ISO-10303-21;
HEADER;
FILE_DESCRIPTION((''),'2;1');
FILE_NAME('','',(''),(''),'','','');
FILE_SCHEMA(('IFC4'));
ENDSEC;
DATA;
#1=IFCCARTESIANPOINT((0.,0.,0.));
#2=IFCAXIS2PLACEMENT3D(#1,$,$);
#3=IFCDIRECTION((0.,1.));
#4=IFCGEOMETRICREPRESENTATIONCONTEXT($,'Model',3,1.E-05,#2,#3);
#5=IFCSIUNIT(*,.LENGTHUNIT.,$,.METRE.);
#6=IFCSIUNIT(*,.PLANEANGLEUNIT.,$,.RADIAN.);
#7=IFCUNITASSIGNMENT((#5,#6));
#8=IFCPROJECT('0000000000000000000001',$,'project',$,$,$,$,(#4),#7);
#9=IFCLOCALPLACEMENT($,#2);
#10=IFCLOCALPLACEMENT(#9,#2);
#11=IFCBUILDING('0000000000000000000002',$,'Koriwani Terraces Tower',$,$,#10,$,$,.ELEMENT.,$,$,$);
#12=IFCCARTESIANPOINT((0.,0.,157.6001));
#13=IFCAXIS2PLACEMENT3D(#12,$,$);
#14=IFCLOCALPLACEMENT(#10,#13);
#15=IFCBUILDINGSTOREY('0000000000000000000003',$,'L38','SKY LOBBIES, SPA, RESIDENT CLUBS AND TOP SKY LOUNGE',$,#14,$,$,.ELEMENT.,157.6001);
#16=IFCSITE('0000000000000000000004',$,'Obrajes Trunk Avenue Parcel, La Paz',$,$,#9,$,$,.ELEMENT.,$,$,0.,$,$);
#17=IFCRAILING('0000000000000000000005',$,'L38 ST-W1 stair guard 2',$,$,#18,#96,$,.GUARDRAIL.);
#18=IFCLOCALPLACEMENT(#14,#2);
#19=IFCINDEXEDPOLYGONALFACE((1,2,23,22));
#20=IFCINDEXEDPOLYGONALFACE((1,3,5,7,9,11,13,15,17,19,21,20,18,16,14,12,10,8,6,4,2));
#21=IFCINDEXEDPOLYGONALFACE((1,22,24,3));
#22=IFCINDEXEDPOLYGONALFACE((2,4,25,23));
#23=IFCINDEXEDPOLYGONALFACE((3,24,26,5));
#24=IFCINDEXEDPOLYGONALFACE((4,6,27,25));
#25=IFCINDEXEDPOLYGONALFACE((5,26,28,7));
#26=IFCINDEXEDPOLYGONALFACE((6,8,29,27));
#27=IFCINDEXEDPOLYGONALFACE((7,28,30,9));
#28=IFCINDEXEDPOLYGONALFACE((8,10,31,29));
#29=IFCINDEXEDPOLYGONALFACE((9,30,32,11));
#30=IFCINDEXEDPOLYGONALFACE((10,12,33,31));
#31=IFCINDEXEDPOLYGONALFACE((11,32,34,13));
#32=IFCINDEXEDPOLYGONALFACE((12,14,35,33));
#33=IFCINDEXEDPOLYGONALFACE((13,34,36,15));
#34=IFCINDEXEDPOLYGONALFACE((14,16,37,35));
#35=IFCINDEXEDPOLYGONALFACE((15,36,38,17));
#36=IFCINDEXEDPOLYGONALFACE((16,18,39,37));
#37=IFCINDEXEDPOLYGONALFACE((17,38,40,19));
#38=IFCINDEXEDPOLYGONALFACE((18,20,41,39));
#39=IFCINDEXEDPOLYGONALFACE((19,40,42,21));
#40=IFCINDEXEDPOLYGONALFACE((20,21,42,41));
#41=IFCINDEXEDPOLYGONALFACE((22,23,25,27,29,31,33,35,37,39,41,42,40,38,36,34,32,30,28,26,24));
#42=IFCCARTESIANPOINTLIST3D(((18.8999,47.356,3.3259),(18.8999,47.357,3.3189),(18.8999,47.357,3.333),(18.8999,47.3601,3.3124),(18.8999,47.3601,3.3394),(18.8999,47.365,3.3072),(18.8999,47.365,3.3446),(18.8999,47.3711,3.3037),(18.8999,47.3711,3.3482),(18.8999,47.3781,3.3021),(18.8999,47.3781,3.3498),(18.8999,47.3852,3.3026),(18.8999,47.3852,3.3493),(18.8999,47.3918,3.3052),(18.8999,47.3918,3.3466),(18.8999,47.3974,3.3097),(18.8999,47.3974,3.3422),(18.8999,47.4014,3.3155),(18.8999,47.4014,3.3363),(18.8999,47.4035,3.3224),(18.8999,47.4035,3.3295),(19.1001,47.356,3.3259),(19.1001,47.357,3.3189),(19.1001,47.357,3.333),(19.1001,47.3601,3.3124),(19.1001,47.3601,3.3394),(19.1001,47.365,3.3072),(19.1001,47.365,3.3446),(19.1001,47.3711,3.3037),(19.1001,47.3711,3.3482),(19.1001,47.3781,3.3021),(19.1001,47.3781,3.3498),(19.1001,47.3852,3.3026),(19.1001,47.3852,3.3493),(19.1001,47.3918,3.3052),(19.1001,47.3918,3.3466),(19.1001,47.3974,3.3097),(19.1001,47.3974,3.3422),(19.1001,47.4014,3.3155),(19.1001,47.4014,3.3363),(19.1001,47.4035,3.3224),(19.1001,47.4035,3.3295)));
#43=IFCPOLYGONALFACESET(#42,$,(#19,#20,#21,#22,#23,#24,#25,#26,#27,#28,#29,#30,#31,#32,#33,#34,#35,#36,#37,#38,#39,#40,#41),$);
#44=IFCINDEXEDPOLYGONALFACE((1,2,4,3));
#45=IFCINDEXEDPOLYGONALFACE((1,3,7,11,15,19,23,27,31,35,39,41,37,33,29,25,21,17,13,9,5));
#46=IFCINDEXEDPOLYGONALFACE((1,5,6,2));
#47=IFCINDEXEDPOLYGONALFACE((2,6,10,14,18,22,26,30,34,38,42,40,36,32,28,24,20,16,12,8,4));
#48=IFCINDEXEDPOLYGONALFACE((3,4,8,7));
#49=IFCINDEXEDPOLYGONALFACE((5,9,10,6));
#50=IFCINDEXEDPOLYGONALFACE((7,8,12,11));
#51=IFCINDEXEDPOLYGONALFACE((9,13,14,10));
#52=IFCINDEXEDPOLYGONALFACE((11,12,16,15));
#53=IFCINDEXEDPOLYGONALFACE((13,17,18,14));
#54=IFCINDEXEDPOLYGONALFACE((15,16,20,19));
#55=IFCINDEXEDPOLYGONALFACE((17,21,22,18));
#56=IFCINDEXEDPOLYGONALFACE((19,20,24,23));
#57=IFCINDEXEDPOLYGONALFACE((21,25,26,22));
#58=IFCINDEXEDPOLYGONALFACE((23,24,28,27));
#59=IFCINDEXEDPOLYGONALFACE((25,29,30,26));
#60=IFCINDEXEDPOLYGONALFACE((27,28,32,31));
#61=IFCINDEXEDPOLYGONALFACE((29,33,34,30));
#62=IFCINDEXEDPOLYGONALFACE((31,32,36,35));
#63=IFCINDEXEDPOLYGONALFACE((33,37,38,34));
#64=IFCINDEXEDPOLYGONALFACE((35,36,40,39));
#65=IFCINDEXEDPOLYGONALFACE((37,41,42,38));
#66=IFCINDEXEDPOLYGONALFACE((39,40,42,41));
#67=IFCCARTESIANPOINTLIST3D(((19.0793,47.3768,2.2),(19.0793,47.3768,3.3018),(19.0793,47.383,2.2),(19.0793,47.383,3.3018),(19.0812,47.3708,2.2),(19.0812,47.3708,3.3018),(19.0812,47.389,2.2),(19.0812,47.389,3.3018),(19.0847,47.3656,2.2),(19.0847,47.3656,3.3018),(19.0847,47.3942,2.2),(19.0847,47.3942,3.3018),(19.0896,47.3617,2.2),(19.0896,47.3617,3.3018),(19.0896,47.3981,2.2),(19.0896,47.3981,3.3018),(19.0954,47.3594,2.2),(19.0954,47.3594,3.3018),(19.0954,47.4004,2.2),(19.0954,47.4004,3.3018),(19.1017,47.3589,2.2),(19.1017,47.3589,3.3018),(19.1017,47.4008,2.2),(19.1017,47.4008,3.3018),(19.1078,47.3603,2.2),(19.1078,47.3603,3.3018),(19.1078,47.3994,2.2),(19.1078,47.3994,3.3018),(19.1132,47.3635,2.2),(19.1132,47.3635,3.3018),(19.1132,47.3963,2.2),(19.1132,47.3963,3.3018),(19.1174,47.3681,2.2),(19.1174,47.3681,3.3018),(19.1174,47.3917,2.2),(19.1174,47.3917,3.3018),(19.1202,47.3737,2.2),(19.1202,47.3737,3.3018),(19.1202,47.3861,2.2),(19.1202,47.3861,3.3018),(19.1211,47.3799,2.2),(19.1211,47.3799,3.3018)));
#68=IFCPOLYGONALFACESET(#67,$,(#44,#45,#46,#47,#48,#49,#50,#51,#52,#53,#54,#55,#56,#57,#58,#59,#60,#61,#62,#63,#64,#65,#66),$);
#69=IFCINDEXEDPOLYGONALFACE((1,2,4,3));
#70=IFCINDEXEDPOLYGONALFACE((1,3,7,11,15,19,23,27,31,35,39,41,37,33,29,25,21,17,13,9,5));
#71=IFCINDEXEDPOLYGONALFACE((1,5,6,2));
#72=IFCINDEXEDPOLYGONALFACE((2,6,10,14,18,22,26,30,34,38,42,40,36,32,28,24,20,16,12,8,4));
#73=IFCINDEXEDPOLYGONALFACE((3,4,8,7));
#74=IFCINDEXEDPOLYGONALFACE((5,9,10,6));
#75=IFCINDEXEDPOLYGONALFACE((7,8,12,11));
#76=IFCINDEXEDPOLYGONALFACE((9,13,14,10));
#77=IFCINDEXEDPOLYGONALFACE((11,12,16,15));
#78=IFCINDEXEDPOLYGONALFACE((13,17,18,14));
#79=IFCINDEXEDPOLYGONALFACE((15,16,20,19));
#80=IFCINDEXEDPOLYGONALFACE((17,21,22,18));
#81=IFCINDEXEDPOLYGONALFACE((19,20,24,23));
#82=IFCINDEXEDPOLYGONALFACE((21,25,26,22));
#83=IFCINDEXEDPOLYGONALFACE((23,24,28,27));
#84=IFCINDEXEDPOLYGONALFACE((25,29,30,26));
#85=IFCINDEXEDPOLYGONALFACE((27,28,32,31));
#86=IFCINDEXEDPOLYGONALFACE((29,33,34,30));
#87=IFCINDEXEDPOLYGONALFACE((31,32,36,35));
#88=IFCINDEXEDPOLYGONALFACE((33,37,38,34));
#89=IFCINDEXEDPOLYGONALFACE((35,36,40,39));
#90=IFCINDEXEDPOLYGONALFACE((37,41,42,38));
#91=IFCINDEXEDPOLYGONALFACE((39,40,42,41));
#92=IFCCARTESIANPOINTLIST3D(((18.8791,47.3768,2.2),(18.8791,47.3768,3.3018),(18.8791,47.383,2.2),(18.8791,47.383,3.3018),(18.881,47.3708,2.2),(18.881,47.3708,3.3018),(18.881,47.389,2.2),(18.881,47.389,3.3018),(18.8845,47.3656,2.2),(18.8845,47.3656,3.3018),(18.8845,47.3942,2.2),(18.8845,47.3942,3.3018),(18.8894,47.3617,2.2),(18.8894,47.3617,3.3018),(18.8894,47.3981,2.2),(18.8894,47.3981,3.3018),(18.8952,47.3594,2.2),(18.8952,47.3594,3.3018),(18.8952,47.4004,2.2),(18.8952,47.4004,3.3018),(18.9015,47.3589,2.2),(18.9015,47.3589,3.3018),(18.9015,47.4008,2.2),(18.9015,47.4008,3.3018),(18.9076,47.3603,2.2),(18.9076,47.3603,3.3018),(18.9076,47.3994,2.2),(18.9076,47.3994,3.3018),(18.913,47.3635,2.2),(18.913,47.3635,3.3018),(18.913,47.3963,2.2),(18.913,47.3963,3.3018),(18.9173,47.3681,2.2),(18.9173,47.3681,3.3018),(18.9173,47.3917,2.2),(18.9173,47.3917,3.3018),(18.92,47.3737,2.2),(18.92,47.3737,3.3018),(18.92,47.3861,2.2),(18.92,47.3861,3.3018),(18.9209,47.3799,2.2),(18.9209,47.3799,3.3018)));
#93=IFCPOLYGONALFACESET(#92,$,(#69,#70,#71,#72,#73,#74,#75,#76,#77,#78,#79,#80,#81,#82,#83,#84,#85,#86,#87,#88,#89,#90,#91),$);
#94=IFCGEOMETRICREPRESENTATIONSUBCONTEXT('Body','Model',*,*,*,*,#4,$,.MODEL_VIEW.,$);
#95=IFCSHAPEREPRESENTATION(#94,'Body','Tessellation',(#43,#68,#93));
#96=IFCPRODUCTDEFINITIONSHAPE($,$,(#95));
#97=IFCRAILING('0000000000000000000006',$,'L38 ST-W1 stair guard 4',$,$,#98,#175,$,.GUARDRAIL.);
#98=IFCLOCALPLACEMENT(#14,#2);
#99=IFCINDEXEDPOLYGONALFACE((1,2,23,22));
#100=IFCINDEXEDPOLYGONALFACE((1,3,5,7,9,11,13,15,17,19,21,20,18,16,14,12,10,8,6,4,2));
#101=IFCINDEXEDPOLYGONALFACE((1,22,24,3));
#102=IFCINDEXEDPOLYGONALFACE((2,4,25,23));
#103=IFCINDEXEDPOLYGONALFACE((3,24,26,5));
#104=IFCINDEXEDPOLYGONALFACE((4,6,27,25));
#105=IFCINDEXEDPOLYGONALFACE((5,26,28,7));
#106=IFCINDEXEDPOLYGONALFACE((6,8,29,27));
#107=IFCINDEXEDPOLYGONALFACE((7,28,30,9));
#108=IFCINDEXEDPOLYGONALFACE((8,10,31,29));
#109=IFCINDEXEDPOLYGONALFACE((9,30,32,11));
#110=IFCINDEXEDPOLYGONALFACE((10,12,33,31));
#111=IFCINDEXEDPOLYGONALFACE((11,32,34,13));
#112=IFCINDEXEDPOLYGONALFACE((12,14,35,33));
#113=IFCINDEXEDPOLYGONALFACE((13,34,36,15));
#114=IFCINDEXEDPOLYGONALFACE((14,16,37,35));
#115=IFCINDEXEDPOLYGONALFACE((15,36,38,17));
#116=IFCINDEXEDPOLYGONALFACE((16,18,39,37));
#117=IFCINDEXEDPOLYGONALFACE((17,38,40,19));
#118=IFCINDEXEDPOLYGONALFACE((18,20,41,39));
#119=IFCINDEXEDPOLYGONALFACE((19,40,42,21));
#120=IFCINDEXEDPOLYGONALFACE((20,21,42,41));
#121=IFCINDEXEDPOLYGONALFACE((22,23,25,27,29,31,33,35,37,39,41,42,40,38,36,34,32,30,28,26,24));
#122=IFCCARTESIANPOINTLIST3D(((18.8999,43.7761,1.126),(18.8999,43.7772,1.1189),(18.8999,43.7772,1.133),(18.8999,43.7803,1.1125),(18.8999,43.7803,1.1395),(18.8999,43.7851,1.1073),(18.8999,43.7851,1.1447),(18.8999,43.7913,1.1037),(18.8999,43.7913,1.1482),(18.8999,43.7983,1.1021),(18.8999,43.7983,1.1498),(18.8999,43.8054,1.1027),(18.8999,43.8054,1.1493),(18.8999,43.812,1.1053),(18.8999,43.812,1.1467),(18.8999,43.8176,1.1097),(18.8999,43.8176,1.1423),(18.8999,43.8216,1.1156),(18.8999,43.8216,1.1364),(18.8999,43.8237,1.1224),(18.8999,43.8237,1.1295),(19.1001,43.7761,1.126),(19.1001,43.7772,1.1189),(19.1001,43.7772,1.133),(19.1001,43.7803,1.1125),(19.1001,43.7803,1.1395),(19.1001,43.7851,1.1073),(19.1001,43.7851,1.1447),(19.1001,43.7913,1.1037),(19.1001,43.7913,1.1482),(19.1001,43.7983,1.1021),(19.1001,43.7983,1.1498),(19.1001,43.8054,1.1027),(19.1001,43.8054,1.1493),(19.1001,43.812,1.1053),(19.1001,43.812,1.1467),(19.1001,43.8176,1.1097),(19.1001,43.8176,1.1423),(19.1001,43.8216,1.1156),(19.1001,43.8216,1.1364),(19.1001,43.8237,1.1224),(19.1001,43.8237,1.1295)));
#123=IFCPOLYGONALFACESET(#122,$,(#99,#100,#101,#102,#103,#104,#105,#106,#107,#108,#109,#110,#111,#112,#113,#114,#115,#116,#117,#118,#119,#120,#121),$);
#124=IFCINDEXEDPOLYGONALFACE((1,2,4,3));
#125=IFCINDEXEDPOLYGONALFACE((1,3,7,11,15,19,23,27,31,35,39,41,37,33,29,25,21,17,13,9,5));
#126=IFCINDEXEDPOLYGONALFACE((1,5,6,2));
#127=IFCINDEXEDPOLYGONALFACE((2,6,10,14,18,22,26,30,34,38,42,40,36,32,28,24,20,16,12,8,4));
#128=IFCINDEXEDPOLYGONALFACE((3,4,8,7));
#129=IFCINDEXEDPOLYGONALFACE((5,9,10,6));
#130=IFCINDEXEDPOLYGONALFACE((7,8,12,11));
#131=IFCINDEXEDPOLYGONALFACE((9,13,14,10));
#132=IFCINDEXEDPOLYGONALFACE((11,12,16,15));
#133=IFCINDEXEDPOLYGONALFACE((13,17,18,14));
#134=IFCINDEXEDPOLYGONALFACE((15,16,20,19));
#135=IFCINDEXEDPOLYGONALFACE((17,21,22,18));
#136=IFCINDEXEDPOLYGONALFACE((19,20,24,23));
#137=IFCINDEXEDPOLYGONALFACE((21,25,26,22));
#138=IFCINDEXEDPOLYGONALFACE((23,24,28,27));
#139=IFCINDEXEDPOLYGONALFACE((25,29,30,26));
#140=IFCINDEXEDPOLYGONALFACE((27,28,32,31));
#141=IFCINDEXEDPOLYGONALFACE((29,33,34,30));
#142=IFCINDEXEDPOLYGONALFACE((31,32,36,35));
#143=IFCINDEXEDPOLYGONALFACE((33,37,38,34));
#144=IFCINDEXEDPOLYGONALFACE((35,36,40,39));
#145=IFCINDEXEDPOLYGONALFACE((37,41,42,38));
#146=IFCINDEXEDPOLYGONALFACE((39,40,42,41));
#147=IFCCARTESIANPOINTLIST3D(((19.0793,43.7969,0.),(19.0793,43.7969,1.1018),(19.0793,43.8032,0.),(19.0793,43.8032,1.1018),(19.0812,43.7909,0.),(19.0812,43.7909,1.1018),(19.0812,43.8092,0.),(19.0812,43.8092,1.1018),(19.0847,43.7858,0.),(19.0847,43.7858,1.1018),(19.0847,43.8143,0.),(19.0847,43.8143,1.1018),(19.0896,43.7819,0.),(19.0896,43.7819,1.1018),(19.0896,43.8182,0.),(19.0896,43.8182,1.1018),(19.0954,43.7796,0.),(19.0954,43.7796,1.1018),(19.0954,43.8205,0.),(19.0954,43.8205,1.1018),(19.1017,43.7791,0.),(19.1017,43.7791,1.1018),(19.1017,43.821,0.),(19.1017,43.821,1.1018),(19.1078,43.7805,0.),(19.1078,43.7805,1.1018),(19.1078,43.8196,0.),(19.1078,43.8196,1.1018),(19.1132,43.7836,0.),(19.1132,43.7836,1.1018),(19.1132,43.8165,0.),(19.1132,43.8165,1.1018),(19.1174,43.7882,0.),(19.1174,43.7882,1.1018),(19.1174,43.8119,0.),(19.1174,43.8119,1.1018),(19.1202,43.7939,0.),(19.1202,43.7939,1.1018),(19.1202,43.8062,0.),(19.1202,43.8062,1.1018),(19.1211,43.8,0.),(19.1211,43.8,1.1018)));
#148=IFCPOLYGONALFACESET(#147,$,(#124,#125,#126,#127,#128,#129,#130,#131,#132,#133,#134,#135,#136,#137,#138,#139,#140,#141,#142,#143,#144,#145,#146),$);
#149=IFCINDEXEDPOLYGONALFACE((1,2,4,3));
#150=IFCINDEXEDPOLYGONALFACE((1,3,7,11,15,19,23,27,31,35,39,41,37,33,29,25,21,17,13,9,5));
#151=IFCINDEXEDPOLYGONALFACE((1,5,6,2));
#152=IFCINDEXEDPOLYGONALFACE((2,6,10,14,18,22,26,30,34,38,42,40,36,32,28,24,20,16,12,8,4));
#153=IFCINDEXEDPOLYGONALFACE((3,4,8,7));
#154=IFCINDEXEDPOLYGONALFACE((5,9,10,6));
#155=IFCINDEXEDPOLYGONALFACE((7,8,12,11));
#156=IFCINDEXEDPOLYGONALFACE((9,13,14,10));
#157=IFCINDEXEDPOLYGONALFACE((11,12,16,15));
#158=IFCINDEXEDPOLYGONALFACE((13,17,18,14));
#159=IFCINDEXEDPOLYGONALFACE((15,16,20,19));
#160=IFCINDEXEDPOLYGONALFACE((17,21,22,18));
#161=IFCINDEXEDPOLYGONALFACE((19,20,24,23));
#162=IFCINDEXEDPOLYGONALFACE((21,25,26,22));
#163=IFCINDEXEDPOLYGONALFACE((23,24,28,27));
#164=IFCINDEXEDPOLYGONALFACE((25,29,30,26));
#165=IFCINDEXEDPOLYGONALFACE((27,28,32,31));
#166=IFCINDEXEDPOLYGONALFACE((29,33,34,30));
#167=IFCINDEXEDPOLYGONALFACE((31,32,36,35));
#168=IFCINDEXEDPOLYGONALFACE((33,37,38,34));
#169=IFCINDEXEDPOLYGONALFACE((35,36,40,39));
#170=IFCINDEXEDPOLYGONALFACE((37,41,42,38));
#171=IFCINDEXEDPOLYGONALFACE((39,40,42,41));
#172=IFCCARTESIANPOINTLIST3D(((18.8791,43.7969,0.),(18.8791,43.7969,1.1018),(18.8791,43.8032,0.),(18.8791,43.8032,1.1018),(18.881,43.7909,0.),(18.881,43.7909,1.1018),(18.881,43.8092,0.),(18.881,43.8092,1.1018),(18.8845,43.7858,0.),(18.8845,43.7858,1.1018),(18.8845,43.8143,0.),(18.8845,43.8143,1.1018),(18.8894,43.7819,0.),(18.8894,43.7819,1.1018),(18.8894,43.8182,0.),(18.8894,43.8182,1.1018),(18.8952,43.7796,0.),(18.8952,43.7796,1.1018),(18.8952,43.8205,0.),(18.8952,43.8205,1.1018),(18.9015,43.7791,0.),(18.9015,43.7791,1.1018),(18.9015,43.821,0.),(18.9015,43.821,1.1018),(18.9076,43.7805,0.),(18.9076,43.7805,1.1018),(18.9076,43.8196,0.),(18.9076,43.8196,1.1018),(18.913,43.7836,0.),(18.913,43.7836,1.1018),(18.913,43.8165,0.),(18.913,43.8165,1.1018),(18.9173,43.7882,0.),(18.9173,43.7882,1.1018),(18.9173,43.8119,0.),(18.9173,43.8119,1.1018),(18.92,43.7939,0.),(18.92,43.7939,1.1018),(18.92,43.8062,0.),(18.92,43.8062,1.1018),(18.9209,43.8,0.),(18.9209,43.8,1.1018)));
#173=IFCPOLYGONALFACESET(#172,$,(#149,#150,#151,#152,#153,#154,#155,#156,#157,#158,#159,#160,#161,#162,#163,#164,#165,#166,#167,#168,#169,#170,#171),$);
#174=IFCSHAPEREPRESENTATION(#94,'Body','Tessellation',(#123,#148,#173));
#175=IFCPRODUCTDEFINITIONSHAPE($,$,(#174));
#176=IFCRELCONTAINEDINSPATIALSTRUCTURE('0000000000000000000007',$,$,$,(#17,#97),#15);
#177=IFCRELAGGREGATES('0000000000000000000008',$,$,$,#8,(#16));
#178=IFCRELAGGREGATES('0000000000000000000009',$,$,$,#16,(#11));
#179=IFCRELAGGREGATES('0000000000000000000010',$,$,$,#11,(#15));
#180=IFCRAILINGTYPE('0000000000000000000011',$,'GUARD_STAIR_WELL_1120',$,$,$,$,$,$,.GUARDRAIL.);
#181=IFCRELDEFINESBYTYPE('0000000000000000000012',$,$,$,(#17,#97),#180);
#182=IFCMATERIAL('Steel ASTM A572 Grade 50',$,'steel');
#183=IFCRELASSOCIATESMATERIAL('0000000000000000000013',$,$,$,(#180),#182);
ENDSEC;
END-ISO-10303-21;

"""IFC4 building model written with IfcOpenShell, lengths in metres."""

from ifc_helpers import new_model, si_unit, direction, frame, origin, origin_2d, place, context, subcontext, project, spatial, circle, extrude, material, type_object, element, save


model = new_model("IFC4")

# Units and contexts
model_context = context("Model", 3, precision=1e-05, world=origin(), true_north=direction((0.0, 1.0)))
body_context = subcontext(model_context, "Body", "Model", "MODEL_VIEW")
ifc_project = project(units=[si_unit("LENGTHUNIT", "METRE"), si_unit("PLANEANGLEUNIT", "RADIAN")], contexts=[model_context])

# Site, building, storey
site_placement = place(None, origin())
site = spatial("IfcSite", under=ifc_project, at=site_placement, Name="Obrajes Trunk Avenue Parcel, La Paz", CompositionType="ELEMENT", RefElevation=0.0)
building_placement = place(site_placement, origin())
building = spatial("IfcBuilding", under=site, at=building_placement, Name="Koriwani Terraces Tower", CompositionType="ELEMENT")
storey_placement = place(building_placement, frame((0.0, 0.0, 157.6001)))
storey = spatial("IfcBuildingStorey", under=building, at=storey_placement, Name="L38", Description="SKY LOBBIES, SPA, RESIDENT CLUBS AND TOP SKY LOUNGE", CompositionType="ELEMENT", Elevation=157.6001)

# Shared definitions
ifc_material_1 = material(Name="Steel ASTM A572 Grade 50", Category="steel")

# Railings
railing_type_1 = type_object("IfcRailingType", Name="GUARD_STAIR_WELL_1120", PredefinedType="GUARDRAIL", material=ifc_material_1)
for number, where, name in (
    (1, (19.1001, 47.3799, 2.2), "L38 ST-W1 stair guard 2"),
    (2, (19.1001, 43.8, 0.0), "L38 ST-W1 stair guard 4"),
):
    element("IfcRailing", number, at=place(storey_placement, frame(where)), inside=storey, type_object=railing_type_1, Name=name, PredefinedType="GUARDRAIL", context=body_context, shape_type="SweptSolid", body=[
        extrude(circle(Radius=0.0239, at=origin_2d()), frame((0.0, 0.0, 1.126), z_axis=(-1.0, 0.0, 0.0), x_axis=(0.0, -1.0, 0.0)), (0.0, 0.0, 1.0), 0.2002),
        extrude(circle(Radius=0.021, at=origin_2d()), origin(), (0.0, 0.0, 1.0), 1.1018),
        extrude(circle(Radius=0.021, at=origin_2d()), frame((-0.2002, 0.0, 0.0)), (0.0, 0.0, 1.0), 1.1018),
    ])

save(model, "model.ifc")
